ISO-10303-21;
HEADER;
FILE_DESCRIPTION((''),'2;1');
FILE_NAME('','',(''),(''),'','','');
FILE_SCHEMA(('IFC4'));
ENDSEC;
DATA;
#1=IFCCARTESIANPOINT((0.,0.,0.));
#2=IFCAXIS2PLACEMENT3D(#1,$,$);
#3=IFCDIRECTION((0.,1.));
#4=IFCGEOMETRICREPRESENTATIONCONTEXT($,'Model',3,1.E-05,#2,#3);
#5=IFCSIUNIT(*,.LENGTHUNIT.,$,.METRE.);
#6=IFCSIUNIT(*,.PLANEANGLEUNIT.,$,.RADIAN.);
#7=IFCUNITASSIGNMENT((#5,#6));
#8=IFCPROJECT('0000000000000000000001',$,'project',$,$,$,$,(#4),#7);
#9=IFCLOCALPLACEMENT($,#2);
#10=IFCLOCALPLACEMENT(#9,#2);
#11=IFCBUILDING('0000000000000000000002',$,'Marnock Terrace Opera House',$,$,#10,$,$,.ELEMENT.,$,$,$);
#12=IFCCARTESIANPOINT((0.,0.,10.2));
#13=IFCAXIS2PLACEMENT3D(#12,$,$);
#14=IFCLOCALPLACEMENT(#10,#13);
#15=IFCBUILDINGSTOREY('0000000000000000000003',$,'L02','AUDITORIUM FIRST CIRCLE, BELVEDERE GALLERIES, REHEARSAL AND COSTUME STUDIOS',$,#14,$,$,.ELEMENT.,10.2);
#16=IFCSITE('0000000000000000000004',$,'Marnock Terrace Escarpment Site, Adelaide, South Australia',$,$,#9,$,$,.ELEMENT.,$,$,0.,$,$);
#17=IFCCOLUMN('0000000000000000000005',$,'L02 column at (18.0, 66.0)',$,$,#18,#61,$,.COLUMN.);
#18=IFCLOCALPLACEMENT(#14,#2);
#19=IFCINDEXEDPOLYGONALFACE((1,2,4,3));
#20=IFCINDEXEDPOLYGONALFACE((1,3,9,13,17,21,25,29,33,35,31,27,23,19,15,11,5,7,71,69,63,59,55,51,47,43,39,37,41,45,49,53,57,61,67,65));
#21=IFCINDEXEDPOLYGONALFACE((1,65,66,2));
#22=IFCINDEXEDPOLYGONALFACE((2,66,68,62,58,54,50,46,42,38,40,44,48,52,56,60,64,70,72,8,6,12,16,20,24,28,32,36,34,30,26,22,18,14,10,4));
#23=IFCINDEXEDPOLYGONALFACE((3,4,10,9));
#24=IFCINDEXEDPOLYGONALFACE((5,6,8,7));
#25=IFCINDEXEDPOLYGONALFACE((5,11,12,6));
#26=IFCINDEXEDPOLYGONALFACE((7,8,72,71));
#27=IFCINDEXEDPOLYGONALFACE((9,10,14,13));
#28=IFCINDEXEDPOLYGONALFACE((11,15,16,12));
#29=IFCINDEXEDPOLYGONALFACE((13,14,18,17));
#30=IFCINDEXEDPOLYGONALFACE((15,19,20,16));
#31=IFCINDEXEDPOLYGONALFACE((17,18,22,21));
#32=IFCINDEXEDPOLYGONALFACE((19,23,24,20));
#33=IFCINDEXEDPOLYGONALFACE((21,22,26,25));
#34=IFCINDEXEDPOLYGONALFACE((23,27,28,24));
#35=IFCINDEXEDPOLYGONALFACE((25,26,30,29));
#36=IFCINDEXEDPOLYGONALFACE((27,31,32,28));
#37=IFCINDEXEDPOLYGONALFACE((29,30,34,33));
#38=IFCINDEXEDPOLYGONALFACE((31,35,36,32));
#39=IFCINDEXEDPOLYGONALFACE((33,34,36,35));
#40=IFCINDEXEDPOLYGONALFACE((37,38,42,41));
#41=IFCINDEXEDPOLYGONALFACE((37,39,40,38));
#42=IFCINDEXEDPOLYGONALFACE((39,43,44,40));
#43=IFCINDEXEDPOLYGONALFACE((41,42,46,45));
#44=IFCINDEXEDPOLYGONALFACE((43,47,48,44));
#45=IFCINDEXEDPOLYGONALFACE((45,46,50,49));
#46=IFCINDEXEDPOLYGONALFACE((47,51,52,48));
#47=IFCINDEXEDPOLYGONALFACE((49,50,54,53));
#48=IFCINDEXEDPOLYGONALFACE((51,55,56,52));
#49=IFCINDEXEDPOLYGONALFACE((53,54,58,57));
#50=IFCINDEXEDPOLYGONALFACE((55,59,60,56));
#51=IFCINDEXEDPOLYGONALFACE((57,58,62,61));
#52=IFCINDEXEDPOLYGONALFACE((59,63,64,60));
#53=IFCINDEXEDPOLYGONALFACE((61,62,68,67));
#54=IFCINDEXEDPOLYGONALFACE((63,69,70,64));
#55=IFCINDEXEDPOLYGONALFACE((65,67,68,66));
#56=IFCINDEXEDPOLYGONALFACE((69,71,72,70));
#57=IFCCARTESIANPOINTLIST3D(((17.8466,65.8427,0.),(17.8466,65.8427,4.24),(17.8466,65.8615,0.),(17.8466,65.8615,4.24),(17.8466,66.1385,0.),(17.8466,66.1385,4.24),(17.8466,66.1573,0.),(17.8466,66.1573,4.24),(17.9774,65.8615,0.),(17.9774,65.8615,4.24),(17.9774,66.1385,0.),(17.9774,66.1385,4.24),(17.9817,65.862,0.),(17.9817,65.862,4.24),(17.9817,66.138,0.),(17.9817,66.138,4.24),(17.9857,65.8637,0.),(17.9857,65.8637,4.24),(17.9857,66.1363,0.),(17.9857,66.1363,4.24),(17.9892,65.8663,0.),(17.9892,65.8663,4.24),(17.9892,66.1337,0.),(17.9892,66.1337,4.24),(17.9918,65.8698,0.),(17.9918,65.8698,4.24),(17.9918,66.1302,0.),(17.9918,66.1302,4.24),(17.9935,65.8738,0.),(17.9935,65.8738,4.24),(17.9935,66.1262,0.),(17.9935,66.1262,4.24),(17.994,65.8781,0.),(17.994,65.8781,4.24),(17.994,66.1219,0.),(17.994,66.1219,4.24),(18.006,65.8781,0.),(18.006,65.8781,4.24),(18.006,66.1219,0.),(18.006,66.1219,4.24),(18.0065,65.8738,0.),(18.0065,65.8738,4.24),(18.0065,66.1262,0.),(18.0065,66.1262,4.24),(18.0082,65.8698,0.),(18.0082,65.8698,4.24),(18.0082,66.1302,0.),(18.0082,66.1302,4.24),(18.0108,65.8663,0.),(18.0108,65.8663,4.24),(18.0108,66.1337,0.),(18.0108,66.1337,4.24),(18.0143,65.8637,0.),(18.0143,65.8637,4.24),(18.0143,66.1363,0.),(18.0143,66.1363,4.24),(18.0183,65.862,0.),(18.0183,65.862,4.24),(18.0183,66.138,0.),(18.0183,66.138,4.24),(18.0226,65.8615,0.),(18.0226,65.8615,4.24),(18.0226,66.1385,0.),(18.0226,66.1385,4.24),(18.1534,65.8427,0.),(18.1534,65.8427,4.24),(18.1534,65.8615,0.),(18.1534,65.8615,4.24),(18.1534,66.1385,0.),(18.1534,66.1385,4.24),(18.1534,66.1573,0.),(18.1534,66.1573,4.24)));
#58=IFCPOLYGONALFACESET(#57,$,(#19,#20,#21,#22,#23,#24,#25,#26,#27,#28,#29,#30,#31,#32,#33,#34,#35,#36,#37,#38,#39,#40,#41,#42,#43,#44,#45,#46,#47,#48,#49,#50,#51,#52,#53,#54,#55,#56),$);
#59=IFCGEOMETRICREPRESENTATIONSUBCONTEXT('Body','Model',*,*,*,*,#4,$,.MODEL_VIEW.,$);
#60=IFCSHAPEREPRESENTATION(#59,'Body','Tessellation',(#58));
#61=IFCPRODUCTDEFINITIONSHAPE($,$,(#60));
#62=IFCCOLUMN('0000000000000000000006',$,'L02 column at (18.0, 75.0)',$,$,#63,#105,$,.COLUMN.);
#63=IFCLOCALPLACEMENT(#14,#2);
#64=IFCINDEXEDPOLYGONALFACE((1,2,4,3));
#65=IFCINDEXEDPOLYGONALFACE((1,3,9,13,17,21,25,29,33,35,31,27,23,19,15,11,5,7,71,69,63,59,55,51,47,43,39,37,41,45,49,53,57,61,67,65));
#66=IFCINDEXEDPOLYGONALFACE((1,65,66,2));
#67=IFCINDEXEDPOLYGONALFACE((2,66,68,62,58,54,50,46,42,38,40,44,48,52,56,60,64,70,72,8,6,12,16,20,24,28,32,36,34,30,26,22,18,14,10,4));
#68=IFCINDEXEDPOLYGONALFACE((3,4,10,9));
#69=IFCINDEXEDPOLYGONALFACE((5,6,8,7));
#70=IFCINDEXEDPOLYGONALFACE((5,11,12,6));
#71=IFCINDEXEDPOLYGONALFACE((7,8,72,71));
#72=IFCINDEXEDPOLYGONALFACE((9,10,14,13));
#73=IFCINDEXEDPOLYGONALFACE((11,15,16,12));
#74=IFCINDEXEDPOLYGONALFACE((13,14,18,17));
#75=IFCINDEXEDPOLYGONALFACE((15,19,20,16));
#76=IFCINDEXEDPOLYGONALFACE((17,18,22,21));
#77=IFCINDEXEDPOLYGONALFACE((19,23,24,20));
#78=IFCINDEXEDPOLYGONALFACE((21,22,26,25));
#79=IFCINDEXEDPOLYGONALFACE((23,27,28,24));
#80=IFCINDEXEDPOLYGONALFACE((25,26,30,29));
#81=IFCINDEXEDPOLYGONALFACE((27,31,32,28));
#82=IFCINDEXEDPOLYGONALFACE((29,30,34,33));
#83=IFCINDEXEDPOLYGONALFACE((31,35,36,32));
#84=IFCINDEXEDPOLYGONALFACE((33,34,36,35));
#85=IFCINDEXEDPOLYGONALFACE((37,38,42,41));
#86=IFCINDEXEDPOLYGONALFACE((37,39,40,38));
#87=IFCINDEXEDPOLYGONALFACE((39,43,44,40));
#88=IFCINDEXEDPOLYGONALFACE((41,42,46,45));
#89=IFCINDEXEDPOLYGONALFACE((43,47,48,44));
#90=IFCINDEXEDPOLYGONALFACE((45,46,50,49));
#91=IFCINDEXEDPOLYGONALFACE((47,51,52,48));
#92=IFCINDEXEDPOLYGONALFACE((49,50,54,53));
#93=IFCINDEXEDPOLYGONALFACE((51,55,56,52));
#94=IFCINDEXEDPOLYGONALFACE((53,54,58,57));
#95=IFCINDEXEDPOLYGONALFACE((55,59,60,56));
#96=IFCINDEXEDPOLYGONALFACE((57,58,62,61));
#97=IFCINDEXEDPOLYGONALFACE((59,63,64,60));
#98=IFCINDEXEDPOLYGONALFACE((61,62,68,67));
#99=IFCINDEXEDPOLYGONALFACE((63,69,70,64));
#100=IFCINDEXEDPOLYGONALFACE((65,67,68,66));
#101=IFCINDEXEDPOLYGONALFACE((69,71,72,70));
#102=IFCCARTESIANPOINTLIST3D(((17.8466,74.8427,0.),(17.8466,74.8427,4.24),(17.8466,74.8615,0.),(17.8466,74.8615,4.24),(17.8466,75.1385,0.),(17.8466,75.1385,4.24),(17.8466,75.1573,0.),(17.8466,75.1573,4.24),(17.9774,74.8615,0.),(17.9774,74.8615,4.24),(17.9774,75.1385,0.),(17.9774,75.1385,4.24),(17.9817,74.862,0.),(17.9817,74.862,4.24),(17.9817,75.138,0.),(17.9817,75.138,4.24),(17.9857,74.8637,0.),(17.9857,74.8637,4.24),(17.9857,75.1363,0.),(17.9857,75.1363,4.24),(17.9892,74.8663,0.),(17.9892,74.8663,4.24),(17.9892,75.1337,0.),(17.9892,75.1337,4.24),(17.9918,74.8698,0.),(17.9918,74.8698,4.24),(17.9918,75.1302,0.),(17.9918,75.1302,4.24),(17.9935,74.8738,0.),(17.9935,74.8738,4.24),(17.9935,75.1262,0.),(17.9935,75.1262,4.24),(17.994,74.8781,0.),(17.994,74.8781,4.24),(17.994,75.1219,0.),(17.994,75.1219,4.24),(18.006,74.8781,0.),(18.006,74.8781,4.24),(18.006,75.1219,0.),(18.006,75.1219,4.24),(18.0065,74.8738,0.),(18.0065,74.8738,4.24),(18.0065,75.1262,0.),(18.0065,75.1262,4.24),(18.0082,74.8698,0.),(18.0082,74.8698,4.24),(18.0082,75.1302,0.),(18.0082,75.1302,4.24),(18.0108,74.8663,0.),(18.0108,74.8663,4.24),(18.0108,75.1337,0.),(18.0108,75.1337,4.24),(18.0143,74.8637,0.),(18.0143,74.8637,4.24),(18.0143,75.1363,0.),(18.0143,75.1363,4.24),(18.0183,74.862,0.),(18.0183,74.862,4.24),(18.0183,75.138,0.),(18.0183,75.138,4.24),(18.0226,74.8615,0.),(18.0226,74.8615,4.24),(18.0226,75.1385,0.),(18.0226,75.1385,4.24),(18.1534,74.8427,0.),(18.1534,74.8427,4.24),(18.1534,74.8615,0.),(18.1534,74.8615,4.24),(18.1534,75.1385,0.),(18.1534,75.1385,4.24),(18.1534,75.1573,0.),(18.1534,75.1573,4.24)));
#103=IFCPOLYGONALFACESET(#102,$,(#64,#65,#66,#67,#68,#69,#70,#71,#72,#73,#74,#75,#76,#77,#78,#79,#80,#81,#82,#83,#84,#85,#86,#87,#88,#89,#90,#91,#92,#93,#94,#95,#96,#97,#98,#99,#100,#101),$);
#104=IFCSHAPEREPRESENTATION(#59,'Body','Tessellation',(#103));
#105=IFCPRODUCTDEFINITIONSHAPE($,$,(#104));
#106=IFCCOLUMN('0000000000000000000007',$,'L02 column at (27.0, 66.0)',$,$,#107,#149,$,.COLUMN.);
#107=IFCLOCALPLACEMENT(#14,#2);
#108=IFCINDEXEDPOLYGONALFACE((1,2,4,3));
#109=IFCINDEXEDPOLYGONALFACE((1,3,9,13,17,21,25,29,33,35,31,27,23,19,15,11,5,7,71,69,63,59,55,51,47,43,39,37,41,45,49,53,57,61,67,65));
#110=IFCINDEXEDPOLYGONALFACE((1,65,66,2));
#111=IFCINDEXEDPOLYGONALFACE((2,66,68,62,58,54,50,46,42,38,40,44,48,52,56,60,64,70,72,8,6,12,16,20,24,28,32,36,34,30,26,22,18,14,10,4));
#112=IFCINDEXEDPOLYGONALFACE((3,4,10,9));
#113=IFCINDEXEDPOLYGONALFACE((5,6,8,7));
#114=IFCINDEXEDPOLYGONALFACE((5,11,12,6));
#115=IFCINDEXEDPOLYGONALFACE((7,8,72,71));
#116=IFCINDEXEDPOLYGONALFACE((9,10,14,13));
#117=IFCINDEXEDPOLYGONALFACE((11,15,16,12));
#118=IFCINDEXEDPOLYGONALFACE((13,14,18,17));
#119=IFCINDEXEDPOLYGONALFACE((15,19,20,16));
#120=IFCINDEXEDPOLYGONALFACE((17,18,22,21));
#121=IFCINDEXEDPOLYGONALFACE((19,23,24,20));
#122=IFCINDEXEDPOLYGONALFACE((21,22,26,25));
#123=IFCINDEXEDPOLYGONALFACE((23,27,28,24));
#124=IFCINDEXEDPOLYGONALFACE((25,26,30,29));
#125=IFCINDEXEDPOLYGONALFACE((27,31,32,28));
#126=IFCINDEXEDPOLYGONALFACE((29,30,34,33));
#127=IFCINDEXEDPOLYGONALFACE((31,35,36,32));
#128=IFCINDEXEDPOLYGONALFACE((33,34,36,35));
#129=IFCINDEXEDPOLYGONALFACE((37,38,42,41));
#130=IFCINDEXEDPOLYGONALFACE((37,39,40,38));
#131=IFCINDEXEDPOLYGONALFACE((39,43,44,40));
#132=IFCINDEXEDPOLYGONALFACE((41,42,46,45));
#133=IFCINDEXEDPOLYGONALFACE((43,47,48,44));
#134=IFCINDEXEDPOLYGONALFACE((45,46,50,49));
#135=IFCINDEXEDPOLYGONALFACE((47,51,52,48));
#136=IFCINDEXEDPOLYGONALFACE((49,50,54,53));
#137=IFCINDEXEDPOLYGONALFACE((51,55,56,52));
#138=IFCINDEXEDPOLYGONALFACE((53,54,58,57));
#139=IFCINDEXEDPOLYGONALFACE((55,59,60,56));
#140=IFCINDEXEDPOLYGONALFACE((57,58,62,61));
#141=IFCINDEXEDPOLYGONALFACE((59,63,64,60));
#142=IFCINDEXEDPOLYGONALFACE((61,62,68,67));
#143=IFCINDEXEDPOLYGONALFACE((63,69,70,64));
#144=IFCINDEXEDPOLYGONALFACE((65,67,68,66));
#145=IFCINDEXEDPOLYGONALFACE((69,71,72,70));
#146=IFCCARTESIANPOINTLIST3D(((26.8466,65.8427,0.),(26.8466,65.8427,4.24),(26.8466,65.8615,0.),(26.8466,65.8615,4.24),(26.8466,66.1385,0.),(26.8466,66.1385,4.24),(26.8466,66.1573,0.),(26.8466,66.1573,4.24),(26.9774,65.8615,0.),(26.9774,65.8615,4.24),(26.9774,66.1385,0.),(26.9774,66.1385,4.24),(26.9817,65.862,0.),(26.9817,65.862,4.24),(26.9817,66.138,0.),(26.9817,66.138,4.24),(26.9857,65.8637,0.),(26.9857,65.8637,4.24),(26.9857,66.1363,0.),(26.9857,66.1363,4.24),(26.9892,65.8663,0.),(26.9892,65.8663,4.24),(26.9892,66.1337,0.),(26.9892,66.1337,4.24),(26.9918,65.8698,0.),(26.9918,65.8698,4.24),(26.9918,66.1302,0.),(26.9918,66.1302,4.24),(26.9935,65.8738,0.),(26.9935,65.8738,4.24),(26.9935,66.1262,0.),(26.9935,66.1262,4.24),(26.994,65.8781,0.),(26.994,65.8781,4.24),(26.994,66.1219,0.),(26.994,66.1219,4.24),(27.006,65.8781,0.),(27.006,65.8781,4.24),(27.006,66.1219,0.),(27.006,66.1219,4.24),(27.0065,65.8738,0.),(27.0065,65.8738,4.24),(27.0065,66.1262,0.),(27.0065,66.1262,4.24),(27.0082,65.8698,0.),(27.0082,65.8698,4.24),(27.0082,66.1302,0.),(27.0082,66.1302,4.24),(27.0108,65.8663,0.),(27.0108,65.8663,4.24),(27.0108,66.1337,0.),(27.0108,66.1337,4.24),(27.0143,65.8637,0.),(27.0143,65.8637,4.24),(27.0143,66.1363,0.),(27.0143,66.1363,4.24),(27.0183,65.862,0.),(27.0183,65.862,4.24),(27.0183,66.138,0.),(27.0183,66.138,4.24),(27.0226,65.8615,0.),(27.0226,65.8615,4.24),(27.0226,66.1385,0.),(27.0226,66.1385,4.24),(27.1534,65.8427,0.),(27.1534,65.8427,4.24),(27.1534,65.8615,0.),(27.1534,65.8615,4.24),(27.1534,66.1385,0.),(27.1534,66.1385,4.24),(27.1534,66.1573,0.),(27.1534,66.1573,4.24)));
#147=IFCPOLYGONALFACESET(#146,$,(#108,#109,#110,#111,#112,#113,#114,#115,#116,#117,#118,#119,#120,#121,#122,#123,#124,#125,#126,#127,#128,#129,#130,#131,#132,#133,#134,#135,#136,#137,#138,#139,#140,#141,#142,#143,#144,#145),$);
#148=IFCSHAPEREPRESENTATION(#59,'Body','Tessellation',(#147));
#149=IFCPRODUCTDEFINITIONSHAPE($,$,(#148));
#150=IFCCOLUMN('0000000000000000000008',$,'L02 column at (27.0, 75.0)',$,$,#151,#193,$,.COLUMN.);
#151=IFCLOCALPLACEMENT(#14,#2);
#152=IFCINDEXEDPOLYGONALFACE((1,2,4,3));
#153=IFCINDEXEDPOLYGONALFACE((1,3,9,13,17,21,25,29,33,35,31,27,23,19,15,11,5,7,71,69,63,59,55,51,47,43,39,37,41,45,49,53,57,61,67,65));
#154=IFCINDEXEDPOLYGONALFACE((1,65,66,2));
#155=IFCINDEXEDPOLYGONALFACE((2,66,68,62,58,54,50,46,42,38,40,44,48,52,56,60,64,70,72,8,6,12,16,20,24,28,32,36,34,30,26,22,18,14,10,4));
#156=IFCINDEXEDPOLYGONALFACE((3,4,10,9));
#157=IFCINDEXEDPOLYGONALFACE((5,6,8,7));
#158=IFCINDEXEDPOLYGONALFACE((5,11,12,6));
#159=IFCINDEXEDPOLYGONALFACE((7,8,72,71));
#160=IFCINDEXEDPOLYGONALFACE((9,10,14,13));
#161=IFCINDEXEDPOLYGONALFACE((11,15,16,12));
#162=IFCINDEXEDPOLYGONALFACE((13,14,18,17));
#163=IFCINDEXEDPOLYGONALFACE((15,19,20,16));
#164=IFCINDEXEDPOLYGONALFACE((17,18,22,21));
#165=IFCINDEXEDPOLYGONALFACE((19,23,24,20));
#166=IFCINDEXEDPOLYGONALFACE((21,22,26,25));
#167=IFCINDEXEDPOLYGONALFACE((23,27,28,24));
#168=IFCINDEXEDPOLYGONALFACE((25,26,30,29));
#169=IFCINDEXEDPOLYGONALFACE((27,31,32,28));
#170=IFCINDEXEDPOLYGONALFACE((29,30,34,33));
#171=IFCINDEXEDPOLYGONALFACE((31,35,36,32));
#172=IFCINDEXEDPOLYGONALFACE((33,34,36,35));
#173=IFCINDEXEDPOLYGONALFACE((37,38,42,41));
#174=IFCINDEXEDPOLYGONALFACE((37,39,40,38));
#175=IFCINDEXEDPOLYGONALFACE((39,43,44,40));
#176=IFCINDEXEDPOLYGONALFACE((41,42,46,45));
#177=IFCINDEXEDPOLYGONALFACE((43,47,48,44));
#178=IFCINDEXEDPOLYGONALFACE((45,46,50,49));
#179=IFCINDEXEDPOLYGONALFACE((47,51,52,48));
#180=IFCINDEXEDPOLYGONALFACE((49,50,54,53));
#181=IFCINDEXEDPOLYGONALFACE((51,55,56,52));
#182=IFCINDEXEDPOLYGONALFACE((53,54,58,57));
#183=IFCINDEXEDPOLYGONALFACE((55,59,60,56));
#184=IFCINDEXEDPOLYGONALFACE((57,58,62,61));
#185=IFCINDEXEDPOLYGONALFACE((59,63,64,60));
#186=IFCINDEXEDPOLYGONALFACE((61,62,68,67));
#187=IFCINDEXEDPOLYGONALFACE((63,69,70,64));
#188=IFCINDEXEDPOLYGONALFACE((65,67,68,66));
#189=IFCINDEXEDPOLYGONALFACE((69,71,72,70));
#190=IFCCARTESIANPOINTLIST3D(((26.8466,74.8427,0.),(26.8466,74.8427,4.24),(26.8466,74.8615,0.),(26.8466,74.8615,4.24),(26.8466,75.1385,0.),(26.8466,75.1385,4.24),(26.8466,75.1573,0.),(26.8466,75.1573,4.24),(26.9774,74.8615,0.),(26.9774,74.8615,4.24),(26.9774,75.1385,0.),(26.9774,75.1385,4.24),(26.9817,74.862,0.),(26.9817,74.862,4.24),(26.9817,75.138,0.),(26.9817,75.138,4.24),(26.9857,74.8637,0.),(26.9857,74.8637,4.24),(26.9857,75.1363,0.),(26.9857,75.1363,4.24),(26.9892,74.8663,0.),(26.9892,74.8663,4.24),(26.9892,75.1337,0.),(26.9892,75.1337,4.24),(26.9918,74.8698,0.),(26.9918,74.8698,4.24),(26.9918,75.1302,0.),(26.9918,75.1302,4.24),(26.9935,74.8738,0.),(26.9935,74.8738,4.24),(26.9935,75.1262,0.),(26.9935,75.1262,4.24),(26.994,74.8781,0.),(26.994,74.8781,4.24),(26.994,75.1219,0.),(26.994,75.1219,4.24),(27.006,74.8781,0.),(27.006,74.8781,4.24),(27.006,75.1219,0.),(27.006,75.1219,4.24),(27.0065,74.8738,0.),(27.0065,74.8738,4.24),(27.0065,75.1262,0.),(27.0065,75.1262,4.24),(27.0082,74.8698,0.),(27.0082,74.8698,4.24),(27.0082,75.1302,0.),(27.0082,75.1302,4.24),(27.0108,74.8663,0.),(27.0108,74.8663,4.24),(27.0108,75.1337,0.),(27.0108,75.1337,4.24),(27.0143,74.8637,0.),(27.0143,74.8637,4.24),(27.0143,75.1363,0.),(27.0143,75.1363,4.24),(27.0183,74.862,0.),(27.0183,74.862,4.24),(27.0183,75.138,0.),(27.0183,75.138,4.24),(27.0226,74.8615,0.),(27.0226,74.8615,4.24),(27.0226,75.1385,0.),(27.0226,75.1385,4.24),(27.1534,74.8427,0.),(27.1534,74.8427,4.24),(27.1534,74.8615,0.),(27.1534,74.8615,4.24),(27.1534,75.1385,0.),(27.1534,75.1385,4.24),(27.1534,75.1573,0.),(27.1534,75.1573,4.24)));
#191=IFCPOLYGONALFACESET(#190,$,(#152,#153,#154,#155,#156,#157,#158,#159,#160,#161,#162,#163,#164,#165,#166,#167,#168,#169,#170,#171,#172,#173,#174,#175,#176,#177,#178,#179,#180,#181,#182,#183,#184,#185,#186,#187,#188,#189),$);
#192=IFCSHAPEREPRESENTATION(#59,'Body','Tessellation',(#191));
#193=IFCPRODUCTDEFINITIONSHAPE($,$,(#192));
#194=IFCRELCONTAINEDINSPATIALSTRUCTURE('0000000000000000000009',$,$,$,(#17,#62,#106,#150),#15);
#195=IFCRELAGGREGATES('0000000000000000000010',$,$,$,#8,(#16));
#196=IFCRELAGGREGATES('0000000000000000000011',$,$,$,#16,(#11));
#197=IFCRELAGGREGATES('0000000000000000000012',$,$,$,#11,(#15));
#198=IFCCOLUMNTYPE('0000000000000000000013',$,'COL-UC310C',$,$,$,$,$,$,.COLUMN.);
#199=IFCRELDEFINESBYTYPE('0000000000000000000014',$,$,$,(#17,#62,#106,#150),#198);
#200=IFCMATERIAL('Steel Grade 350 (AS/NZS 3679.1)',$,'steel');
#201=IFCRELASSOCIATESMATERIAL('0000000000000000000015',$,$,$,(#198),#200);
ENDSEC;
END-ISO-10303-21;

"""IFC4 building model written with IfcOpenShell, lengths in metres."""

from ifc_helpers import new_model, si_unit, direction, frame, origin, origin_2d, place, context, subcontext, project, spatial, i_section, extrude, material, material_profile, profile_set, type_object, element, save


model = new_model("IFC4")

# Units and contexts
model_context = context("Model", 3, precision=1e-05, world=origin(), true_north=direction((0.0, 1.0)))
body_context = subcontext(model_context, "Body", "Model", "MODEL_VIEW")
ifc_project = project(units=[si_unit("LENGTHUNIT", "METRE"), si_unit("PLANEANGLEUNIT", "RADIAN")], contexts=[model_context])

# Site, building, storey
site_placement = place(None, origin())
site = spatial("IfcSite", under=ifc_project, at=site_placement, Name="Marnock Terrace Escarpment Site, Adelaide, South Australia", CompositionType="ELEMENT", RefElevation=0.0)
building_placement = place(site_placement, origin())
building = spatial("IfcBuilding", under=site, at=building_placement, Name="Marnock Terrace Opera House", CompositionType="ELEMENT")
storey_placement = place(building_placement, frame((0.0, 0.0, 10.2)))
storey = spatial("IfcBuildingStorey", under=building, at=storey_placement, Name="L02", Description="AUDITORIUM FIRST CIRCLE, BELVEDERE GALLERIES, REHEARSAL AND COSTUME STUDIOS", CompositionType="ELEMENT", Elevation=10.2)

# Columns
ifc_material_1 = material(Name="Steel Grade 350 (AS/NZS 3679.1)", Category="steel")
ifc_material_profile_1 = material_profile(ifc_material_1, i_section(OverallWidth=0.3069, OverallDepth=0.3147, WebThickness=0.012, FlangeThickness=0.0188, FilletRadius=0.0166, at=origin_2d()))
ifc_profile_set_1 = profile_set([ifc_material_profile_1], Name="Steel Grade 350 (AS/NZS 3679.1)")
column_type = type_object("IfcColumnType", Name="COL-UC310C", PredefinedType="COLUMN", material=ifc_profile_set_1)
for number, where, z_axis, x_axis, name in (
    (1, (18.0, 66.0, 0.0), (0.0, 0.0, 1.0), (1.0, 0.0, 0.0), "L02 column at (18.0, 66.0)"),
    (2, (18.0, 75.0, 0.0), (0.0, 0.0, 1.0), (1.0, 0.0, 0.0), "L02 column at (18.0, 75.0)"),
    (3, (27.0, 66.0, 0.0), (0.0, 0.0, 1.0), (1.0, 0.0, 0.0), "L02 column at (27.0, 66.0)"),
    (4, (27.0, 75.0, 0.0), (0.0, 0.0, 1.0), (1.0, 0.0, 0.0), "L02 column at (27.0, 75.0)"),
):
    element("IfcColumn", number, at=place(storey_placement, frame(where, z_axis=z_axis, x_axis=x_axis)), inside=storey, type_object=column_type, Name=name, PredefinedType="COLUMN", context=body_context, shape_type="SweptSolid", body=[
        extrude(i_section(OverallWidth=0.3069, OverallDepth=0.3147, WebThickness=0.012, FlangeThickness=0.0188, FilletRadius=0.0166, at=origin_2d()), origin(), (0.0, 0.0, 1.0), 4.24),
    ])

save(model, "model.ifc")
